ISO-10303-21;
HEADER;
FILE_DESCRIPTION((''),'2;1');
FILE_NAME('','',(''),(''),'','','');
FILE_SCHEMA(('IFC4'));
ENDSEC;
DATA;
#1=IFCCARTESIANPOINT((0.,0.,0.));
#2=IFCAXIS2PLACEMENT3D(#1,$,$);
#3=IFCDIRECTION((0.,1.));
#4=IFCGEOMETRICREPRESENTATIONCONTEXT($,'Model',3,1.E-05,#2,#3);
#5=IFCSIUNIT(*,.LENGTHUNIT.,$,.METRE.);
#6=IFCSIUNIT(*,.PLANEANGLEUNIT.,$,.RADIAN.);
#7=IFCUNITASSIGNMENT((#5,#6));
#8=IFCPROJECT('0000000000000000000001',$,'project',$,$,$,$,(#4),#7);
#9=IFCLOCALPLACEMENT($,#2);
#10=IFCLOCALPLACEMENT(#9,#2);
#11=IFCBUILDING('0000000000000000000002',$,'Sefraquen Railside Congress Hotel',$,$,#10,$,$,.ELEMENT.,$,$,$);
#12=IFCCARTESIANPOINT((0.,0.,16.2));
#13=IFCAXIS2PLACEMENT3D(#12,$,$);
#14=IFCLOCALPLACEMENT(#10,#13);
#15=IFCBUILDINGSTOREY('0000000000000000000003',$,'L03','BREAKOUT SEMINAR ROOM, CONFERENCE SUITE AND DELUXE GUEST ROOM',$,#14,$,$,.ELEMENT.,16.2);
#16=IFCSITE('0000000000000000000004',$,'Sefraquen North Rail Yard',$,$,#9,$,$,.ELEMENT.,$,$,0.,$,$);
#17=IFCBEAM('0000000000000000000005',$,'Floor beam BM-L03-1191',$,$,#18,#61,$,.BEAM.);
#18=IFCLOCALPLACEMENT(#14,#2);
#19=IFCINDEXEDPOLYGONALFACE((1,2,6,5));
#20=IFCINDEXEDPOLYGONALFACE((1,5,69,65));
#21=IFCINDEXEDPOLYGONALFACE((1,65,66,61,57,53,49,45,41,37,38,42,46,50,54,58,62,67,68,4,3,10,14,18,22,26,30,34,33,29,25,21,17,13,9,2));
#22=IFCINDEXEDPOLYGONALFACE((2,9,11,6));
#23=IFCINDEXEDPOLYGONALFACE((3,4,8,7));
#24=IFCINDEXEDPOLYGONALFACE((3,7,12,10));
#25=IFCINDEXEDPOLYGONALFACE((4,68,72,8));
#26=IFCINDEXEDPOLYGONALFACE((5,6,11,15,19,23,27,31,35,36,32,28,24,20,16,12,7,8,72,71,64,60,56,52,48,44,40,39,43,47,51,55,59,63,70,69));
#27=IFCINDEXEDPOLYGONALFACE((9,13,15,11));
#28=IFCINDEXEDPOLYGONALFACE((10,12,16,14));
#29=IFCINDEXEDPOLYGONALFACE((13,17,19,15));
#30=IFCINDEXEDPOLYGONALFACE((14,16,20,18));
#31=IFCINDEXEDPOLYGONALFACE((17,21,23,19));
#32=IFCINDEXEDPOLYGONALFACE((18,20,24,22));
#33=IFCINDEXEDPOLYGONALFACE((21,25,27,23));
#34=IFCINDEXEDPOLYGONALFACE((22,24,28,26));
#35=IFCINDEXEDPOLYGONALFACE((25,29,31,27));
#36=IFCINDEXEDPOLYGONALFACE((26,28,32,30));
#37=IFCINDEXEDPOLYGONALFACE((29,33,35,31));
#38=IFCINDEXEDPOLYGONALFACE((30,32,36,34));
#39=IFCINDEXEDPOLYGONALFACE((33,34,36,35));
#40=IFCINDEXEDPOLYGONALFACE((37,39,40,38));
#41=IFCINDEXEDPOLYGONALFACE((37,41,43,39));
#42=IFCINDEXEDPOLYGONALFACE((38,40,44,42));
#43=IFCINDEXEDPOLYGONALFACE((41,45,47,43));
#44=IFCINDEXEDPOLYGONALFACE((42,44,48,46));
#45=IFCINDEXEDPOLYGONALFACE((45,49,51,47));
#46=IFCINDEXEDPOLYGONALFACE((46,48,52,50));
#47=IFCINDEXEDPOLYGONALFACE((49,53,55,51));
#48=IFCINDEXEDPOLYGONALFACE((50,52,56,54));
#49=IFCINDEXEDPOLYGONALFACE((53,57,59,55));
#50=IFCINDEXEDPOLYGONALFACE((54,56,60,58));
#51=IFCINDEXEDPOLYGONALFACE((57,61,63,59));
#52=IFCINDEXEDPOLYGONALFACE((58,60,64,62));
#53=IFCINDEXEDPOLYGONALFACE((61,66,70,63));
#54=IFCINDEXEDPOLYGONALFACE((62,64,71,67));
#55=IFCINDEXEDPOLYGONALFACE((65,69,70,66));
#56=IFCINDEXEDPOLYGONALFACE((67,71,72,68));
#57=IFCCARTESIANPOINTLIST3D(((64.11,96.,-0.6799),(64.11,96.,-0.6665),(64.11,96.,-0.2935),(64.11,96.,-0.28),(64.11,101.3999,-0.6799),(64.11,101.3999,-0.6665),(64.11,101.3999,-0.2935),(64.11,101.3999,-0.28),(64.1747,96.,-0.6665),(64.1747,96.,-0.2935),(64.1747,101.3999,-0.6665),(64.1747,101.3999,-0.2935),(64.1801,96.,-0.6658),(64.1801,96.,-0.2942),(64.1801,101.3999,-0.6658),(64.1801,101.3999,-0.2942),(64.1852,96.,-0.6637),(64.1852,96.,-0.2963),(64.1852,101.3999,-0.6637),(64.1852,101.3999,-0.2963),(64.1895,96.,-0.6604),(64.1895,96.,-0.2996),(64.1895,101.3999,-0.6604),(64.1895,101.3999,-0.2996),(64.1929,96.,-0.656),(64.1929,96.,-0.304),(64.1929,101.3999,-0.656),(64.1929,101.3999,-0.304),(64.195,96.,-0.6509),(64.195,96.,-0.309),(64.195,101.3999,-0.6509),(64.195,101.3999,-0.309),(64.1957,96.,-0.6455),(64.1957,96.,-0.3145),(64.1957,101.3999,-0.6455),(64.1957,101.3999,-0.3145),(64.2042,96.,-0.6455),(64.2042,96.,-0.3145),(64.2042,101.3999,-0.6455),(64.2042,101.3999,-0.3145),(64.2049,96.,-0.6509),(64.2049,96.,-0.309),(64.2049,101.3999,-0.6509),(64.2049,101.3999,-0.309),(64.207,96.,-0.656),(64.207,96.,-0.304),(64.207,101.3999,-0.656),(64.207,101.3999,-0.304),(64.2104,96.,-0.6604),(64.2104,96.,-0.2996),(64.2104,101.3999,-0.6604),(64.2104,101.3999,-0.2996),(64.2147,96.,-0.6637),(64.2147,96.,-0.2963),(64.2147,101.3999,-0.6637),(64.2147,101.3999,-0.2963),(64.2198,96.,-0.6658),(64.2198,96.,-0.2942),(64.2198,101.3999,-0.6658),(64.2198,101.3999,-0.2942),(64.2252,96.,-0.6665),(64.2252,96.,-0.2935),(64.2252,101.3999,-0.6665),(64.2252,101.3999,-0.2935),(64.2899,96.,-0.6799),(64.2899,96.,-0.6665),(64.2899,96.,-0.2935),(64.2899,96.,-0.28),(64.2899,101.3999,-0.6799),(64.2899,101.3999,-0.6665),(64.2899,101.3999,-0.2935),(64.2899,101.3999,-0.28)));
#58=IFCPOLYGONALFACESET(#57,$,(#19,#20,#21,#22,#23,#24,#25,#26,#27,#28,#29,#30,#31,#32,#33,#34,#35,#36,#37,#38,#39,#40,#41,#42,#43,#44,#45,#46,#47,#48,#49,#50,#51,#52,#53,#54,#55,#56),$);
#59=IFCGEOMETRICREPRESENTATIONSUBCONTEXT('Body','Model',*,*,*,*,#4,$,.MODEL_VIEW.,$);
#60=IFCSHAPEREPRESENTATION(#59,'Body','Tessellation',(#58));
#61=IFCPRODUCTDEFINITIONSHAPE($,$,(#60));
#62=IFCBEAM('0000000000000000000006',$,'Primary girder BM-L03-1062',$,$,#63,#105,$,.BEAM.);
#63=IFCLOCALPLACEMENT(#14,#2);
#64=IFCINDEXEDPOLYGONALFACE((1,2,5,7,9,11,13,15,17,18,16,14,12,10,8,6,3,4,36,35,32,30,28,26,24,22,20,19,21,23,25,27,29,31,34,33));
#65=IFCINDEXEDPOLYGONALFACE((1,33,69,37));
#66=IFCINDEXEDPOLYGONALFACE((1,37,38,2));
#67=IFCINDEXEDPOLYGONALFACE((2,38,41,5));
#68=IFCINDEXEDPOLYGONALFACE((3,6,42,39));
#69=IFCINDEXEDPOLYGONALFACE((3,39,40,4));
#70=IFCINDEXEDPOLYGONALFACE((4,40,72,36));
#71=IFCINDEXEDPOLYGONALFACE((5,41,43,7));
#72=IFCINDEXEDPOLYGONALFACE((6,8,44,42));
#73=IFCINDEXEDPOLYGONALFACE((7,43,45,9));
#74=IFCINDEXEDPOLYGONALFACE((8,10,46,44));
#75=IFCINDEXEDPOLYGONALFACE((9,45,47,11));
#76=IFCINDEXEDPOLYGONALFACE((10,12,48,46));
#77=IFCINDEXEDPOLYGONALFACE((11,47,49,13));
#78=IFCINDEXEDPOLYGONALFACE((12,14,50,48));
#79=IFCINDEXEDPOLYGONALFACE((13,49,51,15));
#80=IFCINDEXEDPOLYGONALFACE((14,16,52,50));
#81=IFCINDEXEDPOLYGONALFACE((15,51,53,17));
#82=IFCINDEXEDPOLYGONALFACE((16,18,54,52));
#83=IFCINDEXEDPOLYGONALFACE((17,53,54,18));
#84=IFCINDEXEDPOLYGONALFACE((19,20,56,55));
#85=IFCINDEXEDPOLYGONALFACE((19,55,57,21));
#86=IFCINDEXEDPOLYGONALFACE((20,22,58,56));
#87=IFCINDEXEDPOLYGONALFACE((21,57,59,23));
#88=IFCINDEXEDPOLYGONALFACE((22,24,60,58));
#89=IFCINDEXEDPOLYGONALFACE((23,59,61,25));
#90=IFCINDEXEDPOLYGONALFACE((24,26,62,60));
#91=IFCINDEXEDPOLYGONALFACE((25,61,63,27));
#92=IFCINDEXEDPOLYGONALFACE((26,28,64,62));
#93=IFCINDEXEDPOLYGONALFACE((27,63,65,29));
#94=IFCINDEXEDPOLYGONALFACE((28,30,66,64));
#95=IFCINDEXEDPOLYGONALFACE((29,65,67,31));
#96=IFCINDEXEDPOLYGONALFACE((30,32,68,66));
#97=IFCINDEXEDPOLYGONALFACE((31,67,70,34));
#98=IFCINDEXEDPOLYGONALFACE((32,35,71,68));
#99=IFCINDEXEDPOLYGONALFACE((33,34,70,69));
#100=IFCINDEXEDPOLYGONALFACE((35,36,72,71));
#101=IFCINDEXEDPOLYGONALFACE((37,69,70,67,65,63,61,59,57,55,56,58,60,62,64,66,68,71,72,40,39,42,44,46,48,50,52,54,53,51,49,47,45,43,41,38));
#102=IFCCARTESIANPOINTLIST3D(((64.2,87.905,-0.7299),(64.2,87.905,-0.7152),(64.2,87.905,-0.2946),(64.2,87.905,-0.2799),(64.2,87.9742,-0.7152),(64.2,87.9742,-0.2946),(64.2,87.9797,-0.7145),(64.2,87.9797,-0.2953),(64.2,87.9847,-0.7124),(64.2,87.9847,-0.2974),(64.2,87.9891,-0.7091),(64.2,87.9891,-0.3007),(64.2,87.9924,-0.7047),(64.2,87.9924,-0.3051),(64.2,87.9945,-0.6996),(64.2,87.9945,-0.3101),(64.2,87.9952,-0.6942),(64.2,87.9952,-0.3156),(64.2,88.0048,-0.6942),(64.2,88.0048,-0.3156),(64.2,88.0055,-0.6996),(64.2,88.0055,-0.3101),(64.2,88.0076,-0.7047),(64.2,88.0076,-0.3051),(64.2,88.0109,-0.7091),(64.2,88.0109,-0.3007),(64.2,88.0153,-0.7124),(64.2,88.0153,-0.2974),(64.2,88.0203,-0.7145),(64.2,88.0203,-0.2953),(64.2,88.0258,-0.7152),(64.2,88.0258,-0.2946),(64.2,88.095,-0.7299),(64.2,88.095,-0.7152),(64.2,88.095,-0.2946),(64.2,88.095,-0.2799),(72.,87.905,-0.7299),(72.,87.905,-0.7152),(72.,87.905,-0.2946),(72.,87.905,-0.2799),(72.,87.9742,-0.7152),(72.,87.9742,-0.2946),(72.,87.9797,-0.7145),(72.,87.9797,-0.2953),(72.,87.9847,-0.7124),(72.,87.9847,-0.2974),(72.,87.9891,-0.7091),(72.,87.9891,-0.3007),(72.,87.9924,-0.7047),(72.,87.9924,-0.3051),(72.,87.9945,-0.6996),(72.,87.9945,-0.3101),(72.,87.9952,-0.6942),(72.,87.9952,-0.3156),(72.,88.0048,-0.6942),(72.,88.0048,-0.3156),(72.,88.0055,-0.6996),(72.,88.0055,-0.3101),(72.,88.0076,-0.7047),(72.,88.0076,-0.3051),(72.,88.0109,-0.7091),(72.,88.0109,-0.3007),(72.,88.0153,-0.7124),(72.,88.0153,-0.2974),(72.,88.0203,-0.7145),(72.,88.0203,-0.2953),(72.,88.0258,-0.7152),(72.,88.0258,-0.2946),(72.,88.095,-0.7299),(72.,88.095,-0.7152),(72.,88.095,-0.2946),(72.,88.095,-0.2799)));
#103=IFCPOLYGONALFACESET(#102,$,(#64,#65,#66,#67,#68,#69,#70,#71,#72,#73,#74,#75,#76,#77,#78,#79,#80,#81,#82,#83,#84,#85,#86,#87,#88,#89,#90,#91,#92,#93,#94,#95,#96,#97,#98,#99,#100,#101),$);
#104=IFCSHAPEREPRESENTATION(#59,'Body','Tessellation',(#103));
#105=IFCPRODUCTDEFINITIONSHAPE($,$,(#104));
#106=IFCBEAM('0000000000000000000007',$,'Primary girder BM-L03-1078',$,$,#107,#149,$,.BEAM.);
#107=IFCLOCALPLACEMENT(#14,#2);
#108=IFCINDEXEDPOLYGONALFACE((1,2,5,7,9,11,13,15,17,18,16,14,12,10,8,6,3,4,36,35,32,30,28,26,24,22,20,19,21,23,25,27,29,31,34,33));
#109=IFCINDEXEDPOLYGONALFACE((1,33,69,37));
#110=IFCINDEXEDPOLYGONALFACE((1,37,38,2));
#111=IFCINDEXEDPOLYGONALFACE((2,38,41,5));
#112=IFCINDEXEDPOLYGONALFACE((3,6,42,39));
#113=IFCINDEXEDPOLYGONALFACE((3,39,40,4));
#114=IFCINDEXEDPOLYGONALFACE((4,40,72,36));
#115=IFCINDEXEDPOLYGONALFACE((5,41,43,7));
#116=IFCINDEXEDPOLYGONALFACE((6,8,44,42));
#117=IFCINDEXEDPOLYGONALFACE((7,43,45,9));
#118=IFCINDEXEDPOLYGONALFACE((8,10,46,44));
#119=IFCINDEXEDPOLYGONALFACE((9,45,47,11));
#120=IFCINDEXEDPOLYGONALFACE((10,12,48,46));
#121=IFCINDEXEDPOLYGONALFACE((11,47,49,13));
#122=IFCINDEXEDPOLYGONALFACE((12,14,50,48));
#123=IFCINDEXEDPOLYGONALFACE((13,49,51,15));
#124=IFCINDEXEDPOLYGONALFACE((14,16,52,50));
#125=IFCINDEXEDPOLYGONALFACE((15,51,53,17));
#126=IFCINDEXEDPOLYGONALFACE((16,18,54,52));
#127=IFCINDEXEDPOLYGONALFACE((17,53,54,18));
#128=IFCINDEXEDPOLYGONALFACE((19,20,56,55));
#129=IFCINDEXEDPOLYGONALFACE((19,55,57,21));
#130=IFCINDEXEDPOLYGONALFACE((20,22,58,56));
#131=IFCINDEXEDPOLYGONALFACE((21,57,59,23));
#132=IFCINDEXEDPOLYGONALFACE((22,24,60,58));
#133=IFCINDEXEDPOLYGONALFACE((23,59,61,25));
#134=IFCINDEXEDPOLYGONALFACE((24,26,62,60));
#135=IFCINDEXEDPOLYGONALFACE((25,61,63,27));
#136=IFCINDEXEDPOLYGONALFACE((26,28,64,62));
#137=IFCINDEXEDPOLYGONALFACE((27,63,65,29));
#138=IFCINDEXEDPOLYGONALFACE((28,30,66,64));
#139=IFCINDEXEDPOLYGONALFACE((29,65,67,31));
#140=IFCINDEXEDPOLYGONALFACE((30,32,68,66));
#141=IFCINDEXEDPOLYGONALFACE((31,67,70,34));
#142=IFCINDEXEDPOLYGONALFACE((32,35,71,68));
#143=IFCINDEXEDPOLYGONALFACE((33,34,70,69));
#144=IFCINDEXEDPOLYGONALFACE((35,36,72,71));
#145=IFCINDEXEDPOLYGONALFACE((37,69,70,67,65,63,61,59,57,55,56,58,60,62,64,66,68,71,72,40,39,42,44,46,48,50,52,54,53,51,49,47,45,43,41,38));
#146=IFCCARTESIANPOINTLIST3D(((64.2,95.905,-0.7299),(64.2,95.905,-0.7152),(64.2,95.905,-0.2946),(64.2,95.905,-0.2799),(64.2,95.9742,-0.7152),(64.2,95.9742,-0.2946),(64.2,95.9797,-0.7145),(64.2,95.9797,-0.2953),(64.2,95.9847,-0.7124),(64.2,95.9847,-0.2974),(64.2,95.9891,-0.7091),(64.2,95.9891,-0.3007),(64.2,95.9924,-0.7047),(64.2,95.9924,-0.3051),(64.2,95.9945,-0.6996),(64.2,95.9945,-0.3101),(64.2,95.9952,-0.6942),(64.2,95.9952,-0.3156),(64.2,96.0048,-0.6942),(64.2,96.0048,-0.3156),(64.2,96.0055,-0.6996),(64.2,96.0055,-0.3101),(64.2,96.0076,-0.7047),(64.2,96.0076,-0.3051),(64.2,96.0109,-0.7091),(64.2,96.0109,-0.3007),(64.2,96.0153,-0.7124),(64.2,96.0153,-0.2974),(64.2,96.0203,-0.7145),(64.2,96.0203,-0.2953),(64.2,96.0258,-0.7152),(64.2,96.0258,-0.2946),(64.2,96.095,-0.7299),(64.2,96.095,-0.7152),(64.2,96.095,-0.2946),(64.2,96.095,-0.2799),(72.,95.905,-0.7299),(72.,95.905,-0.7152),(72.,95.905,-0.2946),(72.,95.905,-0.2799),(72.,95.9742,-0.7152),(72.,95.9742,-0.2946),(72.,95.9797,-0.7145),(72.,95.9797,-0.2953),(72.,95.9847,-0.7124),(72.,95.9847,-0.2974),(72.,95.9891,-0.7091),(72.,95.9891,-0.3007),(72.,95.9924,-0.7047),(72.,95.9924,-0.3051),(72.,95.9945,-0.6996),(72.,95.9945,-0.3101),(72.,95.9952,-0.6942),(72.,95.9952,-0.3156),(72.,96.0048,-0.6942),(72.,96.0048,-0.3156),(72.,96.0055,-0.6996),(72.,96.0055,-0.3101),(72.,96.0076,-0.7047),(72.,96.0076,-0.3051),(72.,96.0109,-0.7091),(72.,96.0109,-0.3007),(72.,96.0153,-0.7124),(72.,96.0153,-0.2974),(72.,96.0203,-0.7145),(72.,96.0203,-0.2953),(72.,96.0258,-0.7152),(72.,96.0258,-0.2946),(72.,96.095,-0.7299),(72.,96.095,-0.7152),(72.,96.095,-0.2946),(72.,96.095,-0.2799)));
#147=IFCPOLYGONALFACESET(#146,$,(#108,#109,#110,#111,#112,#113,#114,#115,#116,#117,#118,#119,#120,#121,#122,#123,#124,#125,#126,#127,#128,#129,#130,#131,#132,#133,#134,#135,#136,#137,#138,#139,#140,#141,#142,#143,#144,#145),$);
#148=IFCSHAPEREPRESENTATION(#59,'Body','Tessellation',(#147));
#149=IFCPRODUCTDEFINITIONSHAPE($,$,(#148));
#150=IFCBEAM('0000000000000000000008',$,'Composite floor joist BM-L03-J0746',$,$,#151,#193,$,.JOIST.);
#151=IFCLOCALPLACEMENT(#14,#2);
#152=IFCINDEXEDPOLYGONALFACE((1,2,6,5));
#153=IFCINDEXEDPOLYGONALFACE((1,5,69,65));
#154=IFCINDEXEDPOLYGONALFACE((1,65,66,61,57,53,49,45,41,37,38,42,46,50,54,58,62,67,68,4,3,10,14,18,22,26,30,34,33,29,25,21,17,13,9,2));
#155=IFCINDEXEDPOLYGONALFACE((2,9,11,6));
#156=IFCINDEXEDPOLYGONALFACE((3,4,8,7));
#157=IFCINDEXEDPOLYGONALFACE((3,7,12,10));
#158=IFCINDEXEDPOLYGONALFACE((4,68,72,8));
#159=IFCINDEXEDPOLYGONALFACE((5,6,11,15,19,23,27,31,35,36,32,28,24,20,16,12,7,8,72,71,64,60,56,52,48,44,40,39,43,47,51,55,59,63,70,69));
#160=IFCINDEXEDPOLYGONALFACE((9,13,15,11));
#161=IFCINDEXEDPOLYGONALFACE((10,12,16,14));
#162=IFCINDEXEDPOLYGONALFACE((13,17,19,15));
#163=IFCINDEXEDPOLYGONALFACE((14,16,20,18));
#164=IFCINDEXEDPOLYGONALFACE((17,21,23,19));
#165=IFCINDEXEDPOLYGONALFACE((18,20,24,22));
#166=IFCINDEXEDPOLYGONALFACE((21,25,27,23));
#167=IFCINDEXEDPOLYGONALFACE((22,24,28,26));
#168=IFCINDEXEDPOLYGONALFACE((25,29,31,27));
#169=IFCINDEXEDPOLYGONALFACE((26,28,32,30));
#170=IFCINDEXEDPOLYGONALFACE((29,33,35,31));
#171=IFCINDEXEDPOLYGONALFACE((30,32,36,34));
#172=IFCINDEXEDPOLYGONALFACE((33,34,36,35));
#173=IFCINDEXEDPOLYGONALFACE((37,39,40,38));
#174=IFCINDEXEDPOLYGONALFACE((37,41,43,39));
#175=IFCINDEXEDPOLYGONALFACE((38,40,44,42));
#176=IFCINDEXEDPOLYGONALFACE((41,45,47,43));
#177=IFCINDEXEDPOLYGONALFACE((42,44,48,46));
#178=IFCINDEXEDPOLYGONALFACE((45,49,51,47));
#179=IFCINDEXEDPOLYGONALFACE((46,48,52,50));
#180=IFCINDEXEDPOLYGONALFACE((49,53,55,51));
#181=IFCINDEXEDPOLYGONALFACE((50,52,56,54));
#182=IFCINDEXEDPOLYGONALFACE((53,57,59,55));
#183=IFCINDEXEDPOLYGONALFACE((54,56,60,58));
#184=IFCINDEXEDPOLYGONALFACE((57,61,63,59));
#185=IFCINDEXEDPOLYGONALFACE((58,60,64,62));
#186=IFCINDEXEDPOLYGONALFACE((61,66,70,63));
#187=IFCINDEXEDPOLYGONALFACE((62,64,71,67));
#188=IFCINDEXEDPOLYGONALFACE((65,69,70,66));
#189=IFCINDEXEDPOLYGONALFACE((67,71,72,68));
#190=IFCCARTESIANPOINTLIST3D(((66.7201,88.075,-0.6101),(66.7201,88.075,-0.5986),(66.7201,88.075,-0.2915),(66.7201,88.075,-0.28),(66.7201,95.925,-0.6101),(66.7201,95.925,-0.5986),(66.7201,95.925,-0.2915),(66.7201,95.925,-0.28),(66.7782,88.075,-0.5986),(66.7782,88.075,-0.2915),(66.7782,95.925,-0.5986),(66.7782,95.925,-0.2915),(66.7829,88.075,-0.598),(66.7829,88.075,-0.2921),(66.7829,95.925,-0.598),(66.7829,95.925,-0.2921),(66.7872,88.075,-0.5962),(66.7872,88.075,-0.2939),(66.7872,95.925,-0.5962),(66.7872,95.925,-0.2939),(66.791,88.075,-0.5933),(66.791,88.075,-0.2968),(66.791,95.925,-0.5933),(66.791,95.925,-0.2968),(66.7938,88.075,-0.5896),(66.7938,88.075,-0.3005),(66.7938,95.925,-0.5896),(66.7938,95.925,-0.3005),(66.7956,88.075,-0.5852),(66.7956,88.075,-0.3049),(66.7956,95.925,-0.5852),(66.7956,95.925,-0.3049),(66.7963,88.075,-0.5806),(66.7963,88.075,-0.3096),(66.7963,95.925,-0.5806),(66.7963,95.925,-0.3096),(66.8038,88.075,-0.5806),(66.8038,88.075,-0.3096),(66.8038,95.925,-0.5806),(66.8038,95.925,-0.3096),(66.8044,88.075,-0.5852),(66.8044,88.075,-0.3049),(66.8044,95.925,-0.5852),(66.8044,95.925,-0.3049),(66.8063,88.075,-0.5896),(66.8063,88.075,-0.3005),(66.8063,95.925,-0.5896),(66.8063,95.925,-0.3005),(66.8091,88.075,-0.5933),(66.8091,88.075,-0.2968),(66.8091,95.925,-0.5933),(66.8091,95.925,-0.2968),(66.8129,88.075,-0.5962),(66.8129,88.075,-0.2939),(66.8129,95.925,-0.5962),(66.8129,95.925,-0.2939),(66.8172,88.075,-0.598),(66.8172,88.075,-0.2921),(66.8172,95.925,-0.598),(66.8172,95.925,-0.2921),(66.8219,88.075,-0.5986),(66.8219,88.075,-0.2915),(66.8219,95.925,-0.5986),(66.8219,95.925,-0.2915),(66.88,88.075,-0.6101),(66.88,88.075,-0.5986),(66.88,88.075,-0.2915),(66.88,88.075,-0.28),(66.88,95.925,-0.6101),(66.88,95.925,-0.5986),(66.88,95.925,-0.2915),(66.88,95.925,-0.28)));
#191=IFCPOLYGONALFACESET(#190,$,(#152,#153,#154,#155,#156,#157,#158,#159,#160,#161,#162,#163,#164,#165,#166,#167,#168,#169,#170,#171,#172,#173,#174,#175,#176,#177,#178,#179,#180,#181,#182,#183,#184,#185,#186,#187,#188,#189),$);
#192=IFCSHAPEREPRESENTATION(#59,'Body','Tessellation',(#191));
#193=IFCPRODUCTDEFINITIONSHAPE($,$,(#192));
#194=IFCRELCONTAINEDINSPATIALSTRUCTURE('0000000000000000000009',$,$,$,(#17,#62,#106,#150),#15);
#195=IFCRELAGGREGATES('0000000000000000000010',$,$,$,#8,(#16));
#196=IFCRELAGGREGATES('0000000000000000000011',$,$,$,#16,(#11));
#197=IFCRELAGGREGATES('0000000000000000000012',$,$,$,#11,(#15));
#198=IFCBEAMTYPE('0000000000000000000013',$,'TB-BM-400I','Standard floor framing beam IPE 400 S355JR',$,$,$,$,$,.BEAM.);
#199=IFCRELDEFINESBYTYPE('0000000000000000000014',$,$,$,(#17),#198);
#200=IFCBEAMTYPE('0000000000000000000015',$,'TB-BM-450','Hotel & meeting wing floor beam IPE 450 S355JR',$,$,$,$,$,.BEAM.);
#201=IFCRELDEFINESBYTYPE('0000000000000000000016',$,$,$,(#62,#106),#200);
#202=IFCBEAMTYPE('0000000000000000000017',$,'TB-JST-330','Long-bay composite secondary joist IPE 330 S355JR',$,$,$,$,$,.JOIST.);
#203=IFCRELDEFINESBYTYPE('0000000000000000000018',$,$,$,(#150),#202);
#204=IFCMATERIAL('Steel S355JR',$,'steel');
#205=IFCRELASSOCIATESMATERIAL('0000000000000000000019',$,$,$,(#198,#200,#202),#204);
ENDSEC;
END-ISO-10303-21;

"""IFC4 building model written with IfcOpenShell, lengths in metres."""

from ifc_helpers import new_model, si_unit, direction, frame, origin, origin_2d, place, context, subcontext, project, spatial, i_section, extrude, material, material_profile, profile_set, type_object, element, save


model = new_model("IFC4")

# Units and contexts
model_context = context("Model", 3, precision=1e-05, world=origin(), true_north=direction((0.0, 1.0)))
body_context = subcontext(model_context, "Body", "Model", "MODEL_VIEW")
ifc_project = project(units=[si_unit("LENGTHUNIT", "METRE"), si_unit("PLANEANGLEUNIT", "RADIAN")], contexts=[model_context])

# Site, building, storey
site_placement = place(None, origin())
site = spatial("IfcSite", under=ifc_project, at=site_placement, Name="Sefraquen North Rail Yard", CompositionType="ELEMENT", RefElevation=0.0)
building_placement = place(site_placement, origin())
building = spatial("IfcBuilding", under=site, at=building_placement, Name="Sefraquen Railside Congress Hotel", CompositionType="ELEMENT")
storey_placement = place(building_placement, frame((0.0, 0.0, 16.2)))
storey = spatial("IfcBuildingStorey", under=building, at=storey_placement, Name="L03", Description="BREAKOUT SEMINAR ROOM, CONFERENCE SUITE AND DELUXE GUEST ROOM", CompositionType="ELEMENT", Elevation=16.2)

# Shared definitions
ifc_material_1 = material(Name="Steel S355JR", Category="steel")

# Beams
ifc_material_profile_1 = material_profile(ifc_material_1, i_section(OverallWidth=0.1799, OverallDepth=0.3999, WebThickness=0.0085, FlangeThickness=0.0134, FilletRadius=0.021, at=origin_2d()), Name="IPE 400")
ifc_profile_set_1 = profile_set([ifc_material_profile_1], Name="Steel S355JR")
beam_type_1 = type_object("IfcBeamType", Name="TB-BM-400I", Description="Standard floor framing beam IPE 400 S355JR", PredefinedType="BEAM", material=ifc_profile_set_1)
beam_1_placement = place(storey_placement, frame((64.2, 96.0, -0.48), z_axis=(0.0, 1.0, 0.0), x_axis=(-1.0, 0.0, 0.0)))
element("IfcBeam", 1, at=beam_1_placement, inside=storey, type_object=beam_type_1, Name="Floor beam BM-L03-1191", PredefinedType="BEAM", context=body_context, shape_type="SweptSolid", body=[
    extrude(i_section(OverallWidth=0.1799, OverallDepth=0.3999, WebThickness=0.0085, FlangeThickness=0.0134, FilletRadius=0.021, at=origin_2d()), origin(), (0.0, 0.0, 1.0), 5.3999),
])
ifc_material_profile_2 = material_profile(ifc_material_1, i_section(OverallWidth=0.1899, OverallDepth=0.45, WebThickness=0.0095, FlangeThickness=0.0146, FilletRadius=0.021, at=origin_2d()), Name="IPE 450")
ifc_profile_set_2 = profile_set([ifc_material_profile_2], Name="Steel S355JR")
beam_type_2 = type_object("IfcBeamType", Name="TB-BM-450", Description="Hotel & meeting wing floor beam IPE 450 S355JR", PredefinedType="BEAM", material=ifc_profile_set_2)
for number, where, z_axis, x_axis, name in (
    (2, (64.2, 88.0, -0.5049), (1.0, 0.0, 0.0), (0.0, 1.0, 0.0), "Primary girder BM-L03-1062"),
    (3, (64.2, 96.0, -0.5049), (1.0, 0.0, 0.0), (0.0, 1.0, 0.0), "Primary girder BM-L03-1078"),
):
    element("IfcBeam", number, at=place(storey_placement, frame(where, z_axis=z_axis, x_axis=x_axis)), inside=storey, type_object=beam_type_2, Name=name, PredefinedType="BEAM", context=body_context, shape_type="SweptSolid", body=[
        extrude(i_section(OverallWidth=0.1899, OverallDepth=0.45, WebThickness=0.0095, FlangeThickness=0.0146, FilletRadius=0.021, at=origin_2d()), origin(), (0.0, 0.0, 1.0), 7.8),
    ])
ifc_material_profile_3 = material_profile(ifc_material_1, i_section(OverallWidth=0.1599, OverallDepth=0.3301, WebThickness=0.0076, FlangeThickness=0.0115, FilletRadius=0.0181, at=origin_2d()), Name="IPE 330")
ifc_profile_set_3 = profile_set([ifc_material_profile_3], Name="Steel S355JR")
beam_type_3 = type_object("IfcBeamType", Name="TB-JST-330", Description="Long-bay composite secondary joist IPE 330 S355JR", PredefinedType="JOIST", material=ifc_profile_set_3)
beam_2_placement = place(storey_placement, frame((66.8, 88.075, -0.4451), z_axis=(0.0, 1.0, 0.0), x_axis=(-1.0, 0.0, 0.0)))
element("IfcBeam", 4, at=beam_2_placement, inside=storey, type_object=beam_type_3, Name="Composite floor joist BM-L03-J0746", PredefinedType="JOIST", context=body_context, shape_type="SweptSolid", body=[
    extrude(i_section(OverallWidth=0.1599, OverallDepth=0.3301, WebThickness=0.0076, FlangeThickness=0.0115, FilletRadius=0.0181, at=origin_2d()), origin(), (0.0, 0.0, 1.0), 7.8501),
])

save(model, "model.ifc")
